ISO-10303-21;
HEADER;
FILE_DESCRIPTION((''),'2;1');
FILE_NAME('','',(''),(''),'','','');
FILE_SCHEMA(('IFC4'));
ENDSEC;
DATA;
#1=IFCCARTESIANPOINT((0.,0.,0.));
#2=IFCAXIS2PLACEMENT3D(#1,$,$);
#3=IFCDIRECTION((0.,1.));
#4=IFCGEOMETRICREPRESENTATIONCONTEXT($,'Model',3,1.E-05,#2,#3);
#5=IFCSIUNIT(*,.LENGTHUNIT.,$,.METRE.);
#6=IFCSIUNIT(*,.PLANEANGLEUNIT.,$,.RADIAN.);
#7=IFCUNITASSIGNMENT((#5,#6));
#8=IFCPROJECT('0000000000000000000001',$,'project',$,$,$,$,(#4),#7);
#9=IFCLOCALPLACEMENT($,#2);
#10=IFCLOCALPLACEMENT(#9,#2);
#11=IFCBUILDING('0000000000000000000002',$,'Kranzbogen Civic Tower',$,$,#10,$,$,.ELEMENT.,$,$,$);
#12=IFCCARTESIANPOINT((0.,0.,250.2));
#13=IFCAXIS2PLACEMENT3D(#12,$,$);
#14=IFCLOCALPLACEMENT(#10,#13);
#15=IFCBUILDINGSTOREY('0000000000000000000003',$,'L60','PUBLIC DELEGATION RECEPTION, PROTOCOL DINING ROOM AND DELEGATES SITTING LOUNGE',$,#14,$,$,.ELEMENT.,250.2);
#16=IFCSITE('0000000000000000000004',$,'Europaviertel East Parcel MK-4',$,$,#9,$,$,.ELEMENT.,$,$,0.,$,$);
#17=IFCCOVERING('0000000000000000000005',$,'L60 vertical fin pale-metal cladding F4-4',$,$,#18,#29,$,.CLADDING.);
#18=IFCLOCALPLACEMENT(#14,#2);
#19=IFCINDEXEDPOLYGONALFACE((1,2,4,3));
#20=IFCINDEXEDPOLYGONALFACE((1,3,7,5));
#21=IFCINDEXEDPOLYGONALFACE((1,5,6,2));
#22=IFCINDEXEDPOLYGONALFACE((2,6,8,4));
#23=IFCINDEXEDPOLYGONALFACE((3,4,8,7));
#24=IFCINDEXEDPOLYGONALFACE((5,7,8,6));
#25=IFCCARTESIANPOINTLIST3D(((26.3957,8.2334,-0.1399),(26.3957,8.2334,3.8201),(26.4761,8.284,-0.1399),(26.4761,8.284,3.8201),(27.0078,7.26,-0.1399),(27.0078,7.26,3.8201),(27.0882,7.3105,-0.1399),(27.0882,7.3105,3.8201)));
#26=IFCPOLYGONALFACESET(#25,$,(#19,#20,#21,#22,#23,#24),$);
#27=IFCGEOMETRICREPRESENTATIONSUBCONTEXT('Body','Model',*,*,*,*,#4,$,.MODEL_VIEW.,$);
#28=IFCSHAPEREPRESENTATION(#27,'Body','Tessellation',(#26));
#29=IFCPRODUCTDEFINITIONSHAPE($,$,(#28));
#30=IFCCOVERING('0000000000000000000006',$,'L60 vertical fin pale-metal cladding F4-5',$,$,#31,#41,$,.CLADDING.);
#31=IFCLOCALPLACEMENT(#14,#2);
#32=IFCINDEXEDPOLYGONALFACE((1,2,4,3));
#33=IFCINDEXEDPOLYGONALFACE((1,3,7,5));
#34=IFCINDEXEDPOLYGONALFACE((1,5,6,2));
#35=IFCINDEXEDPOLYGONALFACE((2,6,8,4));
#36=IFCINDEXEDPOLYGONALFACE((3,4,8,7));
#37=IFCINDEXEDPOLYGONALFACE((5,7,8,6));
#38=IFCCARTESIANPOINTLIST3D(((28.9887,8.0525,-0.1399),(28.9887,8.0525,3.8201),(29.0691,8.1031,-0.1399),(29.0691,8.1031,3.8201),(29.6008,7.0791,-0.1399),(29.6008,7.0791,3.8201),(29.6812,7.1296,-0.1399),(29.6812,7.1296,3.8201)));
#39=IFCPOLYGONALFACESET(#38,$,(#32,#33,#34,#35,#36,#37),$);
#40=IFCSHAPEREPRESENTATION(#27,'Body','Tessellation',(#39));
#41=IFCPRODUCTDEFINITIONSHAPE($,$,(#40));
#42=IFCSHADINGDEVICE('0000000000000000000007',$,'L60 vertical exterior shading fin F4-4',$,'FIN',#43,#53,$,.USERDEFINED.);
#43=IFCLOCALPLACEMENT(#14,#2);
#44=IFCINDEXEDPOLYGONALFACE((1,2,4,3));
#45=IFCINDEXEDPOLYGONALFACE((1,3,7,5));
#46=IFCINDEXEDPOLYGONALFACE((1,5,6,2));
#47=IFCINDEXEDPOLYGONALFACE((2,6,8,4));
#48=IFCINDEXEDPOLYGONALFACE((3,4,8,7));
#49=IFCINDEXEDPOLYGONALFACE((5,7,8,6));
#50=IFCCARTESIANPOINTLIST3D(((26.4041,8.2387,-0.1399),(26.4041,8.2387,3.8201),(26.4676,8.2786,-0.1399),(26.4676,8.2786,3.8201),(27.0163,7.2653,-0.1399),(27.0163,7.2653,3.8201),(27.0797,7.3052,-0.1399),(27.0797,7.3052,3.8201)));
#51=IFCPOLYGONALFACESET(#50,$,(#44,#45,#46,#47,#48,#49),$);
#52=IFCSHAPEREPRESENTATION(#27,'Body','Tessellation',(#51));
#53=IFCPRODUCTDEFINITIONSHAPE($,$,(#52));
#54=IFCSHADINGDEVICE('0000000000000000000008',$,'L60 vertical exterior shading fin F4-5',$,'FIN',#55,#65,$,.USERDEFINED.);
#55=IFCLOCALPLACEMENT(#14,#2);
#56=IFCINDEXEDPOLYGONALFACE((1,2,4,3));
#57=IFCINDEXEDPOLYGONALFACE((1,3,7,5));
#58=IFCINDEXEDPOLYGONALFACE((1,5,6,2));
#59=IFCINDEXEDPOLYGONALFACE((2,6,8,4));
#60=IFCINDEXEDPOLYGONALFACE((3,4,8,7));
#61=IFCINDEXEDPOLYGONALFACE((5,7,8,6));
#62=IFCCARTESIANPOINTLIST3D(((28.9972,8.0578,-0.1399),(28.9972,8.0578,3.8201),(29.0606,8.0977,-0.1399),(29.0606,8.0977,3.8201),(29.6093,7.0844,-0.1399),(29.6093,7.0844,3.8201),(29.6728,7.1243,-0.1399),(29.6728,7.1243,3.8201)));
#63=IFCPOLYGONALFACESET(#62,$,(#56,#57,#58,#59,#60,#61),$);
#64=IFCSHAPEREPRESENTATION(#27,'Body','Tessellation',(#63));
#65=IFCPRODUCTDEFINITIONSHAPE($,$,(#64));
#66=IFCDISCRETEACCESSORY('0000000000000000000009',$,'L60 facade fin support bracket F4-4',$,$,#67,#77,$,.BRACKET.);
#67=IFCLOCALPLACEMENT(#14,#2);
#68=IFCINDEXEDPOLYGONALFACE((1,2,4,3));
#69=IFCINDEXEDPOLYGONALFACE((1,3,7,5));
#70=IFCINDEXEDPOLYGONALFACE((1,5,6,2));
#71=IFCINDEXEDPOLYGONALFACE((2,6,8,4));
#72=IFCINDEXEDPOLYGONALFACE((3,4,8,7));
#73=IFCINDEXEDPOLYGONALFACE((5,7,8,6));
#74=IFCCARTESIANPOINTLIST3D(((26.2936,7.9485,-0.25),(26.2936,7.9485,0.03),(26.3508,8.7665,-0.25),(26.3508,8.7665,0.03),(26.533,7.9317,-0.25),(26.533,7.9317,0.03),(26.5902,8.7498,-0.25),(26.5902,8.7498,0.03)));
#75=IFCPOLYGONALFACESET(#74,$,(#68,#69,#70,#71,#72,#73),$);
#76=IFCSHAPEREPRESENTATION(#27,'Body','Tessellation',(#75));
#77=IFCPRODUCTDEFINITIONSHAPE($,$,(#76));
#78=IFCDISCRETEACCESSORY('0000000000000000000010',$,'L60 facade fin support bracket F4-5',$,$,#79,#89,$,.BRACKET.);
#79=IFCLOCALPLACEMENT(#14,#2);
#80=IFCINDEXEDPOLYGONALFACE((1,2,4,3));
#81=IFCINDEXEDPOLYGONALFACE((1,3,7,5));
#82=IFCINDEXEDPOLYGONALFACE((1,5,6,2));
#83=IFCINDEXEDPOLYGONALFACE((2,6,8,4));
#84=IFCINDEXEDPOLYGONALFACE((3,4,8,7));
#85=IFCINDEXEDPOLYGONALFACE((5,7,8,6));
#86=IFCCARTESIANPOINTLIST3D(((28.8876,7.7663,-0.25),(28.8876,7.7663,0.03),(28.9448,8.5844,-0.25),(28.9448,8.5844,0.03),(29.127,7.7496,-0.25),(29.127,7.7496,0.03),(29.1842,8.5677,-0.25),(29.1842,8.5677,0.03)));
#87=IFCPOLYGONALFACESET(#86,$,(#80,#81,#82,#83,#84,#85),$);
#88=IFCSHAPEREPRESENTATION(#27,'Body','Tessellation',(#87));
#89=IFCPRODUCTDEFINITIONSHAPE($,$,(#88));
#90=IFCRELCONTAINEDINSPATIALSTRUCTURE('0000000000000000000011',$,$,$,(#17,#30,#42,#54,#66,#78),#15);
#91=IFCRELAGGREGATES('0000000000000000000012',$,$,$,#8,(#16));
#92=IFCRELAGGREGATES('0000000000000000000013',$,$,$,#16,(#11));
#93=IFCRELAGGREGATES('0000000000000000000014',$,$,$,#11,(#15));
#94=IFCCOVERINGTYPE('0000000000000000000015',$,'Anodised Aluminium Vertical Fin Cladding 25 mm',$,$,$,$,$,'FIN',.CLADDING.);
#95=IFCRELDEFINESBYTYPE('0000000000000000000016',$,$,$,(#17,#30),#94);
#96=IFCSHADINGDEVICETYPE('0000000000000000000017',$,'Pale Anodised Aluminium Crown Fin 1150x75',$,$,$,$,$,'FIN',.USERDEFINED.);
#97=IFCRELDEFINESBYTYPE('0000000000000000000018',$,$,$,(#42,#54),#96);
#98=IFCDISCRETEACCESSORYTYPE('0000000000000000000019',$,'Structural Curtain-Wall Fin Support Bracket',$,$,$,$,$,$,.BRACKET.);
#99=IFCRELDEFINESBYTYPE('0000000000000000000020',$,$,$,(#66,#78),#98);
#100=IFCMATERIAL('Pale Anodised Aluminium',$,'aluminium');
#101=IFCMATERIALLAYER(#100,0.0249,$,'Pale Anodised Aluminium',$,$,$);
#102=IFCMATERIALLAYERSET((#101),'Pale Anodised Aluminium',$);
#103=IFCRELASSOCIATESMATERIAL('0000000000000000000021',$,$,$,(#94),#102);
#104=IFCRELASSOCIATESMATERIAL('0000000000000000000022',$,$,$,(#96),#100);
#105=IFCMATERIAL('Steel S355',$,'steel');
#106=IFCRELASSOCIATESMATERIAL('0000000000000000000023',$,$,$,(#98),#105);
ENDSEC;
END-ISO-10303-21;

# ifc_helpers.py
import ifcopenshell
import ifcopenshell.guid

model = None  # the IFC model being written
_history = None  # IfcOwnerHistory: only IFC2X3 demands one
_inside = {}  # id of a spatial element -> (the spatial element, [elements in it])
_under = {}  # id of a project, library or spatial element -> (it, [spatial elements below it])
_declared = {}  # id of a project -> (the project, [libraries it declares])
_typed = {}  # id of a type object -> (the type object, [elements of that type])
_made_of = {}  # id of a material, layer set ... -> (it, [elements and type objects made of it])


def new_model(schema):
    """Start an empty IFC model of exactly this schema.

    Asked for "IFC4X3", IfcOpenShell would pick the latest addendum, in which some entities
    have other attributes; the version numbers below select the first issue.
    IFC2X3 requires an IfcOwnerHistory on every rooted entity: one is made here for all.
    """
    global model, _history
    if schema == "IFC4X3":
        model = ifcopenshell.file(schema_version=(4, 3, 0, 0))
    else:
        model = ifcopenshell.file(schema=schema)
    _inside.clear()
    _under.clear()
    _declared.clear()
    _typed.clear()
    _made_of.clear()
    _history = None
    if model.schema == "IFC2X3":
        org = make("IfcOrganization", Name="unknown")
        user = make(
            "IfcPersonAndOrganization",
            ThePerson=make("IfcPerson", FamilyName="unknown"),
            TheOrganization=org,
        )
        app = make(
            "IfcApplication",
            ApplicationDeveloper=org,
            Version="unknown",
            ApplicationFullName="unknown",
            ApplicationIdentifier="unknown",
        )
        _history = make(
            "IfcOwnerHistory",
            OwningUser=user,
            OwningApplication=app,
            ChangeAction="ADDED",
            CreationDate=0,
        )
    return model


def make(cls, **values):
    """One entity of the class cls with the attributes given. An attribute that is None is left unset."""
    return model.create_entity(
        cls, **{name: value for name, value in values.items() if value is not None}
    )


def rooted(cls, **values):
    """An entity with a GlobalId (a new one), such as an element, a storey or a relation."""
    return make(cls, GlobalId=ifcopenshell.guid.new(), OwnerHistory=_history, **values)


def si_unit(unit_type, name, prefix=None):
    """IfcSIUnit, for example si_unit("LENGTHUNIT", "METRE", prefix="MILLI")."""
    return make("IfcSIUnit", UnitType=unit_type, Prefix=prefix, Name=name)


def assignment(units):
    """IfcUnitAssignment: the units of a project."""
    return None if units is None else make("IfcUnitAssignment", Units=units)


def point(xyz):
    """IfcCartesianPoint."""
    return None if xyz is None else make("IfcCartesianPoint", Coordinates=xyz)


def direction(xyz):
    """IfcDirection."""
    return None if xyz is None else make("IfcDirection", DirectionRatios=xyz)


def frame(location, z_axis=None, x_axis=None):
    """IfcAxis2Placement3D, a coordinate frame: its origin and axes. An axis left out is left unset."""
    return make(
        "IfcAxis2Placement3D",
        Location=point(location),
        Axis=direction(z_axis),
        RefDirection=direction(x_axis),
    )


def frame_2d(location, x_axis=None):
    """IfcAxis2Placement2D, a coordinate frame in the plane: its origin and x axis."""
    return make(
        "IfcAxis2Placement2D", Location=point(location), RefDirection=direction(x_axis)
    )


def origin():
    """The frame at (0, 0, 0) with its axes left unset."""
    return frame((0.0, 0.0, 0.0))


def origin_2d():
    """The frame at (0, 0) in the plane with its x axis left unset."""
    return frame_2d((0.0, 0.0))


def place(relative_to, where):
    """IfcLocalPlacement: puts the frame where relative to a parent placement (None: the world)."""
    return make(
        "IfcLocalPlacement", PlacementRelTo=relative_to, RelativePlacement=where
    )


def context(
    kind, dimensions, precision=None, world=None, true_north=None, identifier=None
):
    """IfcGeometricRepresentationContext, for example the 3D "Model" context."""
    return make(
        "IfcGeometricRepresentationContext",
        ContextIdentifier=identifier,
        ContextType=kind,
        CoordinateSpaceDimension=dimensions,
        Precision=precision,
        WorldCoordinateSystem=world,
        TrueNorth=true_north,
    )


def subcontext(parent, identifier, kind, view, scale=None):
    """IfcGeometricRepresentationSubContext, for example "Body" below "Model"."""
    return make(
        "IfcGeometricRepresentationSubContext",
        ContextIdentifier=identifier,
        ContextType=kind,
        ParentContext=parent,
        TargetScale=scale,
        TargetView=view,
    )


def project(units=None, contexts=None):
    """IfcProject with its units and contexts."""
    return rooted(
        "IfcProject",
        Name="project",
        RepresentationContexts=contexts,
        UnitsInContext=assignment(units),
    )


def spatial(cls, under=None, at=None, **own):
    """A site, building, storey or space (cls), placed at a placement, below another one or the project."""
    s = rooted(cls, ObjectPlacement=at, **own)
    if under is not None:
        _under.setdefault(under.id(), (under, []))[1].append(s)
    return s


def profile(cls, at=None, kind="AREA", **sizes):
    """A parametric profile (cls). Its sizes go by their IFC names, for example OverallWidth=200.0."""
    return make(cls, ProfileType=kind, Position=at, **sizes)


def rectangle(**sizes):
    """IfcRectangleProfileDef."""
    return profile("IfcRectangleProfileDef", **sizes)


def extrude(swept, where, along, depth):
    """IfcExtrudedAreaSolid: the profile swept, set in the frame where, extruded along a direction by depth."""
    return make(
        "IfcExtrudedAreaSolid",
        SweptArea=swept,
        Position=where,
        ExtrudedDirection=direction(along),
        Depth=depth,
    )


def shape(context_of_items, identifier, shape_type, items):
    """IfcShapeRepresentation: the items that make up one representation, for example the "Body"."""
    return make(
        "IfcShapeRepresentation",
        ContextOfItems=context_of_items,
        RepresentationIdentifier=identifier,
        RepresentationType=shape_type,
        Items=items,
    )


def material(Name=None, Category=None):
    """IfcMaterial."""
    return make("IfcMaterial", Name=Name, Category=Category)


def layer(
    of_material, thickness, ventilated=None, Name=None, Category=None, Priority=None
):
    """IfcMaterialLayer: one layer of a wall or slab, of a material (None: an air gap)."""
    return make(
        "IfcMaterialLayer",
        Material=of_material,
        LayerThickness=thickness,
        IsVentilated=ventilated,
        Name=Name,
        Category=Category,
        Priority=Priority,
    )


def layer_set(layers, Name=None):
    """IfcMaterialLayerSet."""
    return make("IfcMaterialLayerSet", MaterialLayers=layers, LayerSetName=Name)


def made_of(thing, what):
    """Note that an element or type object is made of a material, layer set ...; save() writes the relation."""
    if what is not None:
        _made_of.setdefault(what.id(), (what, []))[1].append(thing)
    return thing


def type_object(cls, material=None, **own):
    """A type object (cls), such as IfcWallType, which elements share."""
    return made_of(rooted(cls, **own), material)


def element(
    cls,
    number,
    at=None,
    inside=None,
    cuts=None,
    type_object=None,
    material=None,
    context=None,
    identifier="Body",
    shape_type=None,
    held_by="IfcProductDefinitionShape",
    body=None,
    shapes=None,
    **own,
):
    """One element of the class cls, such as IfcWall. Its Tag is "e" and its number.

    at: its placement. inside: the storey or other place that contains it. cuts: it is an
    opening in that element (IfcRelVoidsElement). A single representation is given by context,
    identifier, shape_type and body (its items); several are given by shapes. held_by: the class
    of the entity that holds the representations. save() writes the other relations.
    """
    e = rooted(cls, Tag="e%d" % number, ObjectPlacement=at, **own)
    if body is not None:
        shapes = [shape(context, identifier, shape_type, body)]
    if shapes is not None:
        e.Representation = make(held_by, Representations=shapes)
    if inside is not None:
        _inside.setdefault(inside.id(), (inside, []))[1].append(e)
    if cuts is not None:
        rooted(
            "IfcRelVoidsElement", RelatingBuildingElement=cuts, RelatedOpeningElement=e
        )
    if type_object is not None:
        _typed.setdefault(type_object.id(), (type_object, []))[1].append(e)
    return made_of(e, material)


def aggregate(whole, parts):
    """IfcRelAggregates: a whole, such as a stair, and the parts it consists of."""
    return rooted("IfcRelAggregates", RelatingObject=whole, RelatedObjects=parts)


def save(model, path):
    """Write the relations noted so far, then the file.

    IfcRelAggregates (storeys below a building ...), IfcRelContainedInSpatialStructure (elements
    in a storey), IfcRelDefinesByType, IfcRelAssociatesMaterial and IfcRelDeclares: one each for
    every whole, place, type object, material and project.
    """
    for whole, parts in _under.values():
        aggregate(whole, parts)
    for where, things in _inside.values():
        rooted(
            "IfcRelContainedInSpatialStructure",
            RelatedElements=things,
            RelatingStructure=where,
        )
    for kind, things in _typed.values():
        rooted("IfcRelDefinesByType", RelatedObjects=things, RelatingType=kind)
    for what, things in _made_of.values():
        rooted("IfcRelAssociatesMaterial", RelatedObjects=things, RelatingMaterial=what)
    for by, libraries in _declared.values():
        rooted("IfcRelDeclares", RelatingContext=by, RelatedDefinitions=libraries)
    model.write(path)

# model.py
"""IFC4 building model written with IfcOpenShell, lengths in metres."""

from ifc_helpers import new_model, si_unit, direction, frame, origin, origin_2d, place, context, subcontext, project, spatial, rectangle, extrude, material, layer, layer_set, type_object, element, save


model = new_model("IFC4")

# Units and contexts
model_context = context("Model", 3, precision=1e-05, world=origin(), true_north=direction((0.0, 1.0)))
body_context = subcontext(model_context, "Body", "Model", "MODEL_VIEW")
ifc_project = project(units=[si_unit("LENGTHUNIT", "METRE"), si_unit("PLANEANGLEUNIT", "RADIAN")], contexts=[model_context])

# Site, building, storey
site_placement = place(None, origin())
site = spatial("IfcSite", under=ifc_project, at=site_placement, Name="Europaviertel East Parcel MK-4", CompositionType="ELEMENT", RefElevation=0.0)
building_placement = place(site_placement, origin())
building = spatial("IfcBuilding", under=site, at=building_placement, Name="Kranzbogen Civic Tower", CompositionType="ELEMENT")
storey_placement = place(building_placement, frame((0.0, 0.0, 250.2)))
storey = spatial("IfcBuildingStorey", under=building, at=storey_placement, Name="L60", Description="PUBLIC DELEGATION RECEPTION, PROTOCOL DINING ROOM AND DELEGATES SITTING LOUNGE", CompositionType="ELEMENT", Elevation=250.2)

# Shared definitions
ifc_material_1 = material(Name="Steel S355", Category="steel")

# Shared definitions
ifc_material_2 = material(Name="Pale Anodised Aluminium", Category="aluminium")

# Coverings
ifc_layer_1 = layer(ifc_material_2, 0.0249, Name="Pale Anodised Aluminium")
ifc_layer_set_1 = layer_set([ifc_layer_1], Name="Pale Anodised Aluminium")
covering_type = type_object("IfcCoveringType", Name="Anodised Aluminium Vertical Fin Cladding 25 mm", ElementType="FIN", PredefinedType="CLADDING", material=ifc_layer_set_1)
for number, where, z_axis, x_axis, name in (
    (1, (26.7419, 7.772, -0.1399), (0.0, 0.0, 1.0), (0.532344, -0.846528, 0.0), "L60 vertical fin pale-metal cladding F4-4"),
    (2, (29.335, 7.5911, -0.1399), (0.0, 0.0, 1.0), (0.532344, -0.846528, 0.0), "L60 vertical fin pale-metal cladding F4-5"),
):
    element("IfcCovering", number, at=place(storey_placement, frame(where, z_axis=z_axis, x_axis=x_axis)), inside=storey, type_object=covering_type, Name=name, PredefinedType="CLADDING", context=body_context, shape_type="SweptSolid", body=[
        extrude(rectangle(XDim=1.1499, YDim=0.095, at=origin_2d()), origin(), (0.0, 0.0, 1.0), 3.96),
    ])

# Shading devices
shading_device_type = type_object("IfcShadingDeviceType", Name="Pale Anodised Aluminium Crown Fin 1150x75", ElementType="FIN", PredefinedType="USERDEFINED", material=ifc_material_2)
for number, where, z_axis, x_axis, name in (
    (3, (26.7419, 7.772, -0.1399), (0.0, 0.0, 1.0), (0.532344, -0.846528, 0.0), "L60 vertical exterior shading fin F4-4"),
    (4, (29.335, 7.5911, -0.1399), (0.0, 0.0, 1.0), (0.532344, -0.846528, 0.0), "L60 vertical exterior shading fin F4-5"),
):
    element("IfcShadingDevice", number, at=place(storey_placement, frame(where, z_axis=z_axis, x_axis=x_axis)), inside=storey, type_object=shading_device_type, Name=name, ObjectType="FIN", PredefinedType="USERDEFINED", context=body_context, shape_type="SweptSolid", body=[
        extrude(rectangle(XDim=1.1499, YDim=0.075, at=origin_2d()), origin(), (0.0, 0.0, 1.0), 3.96),
    ])

# Discrete accessories
discrete_accessory_type = type_object("IfcDiscreteAccessoryType", Name="Structural Curtain-Wall Fin Support Bracket", PredefinedType="BRACKET", material=ifc_material_1)
for number, where, z_axis, x_axis, name in (
    (5, (26.4419, 8.3491, -0.25), (0.0, 0.0, 1.0), (-0.069756, -0.997564, 0.0), "L60 facade fin support bracket F4-4"),
    (6, (29.0359, 8.167, -0.25), (0.0, 0.0, 1.0), (-0.069756, -0.997564, 0.0), "L60 facade fin support bracket F4-5"),
):
    element("IfcDiscreteAccessory", number, at=place(storey_placement, frame(where, z_axis=z_axis, x_axis=x_axis)), inside=storey, type_object=discrete_accessory_type, Name=name, PredefinedType="BRACKET", context=body_context, shape_type="SweptSolid", body=[
        extrude(rectangle(XDim=0.8201, YDim=0.24, at=origin_2d()), origin(), (0.0, 0.0, 1.0), 0.28),
    ])

save(model, "model.ifc")
